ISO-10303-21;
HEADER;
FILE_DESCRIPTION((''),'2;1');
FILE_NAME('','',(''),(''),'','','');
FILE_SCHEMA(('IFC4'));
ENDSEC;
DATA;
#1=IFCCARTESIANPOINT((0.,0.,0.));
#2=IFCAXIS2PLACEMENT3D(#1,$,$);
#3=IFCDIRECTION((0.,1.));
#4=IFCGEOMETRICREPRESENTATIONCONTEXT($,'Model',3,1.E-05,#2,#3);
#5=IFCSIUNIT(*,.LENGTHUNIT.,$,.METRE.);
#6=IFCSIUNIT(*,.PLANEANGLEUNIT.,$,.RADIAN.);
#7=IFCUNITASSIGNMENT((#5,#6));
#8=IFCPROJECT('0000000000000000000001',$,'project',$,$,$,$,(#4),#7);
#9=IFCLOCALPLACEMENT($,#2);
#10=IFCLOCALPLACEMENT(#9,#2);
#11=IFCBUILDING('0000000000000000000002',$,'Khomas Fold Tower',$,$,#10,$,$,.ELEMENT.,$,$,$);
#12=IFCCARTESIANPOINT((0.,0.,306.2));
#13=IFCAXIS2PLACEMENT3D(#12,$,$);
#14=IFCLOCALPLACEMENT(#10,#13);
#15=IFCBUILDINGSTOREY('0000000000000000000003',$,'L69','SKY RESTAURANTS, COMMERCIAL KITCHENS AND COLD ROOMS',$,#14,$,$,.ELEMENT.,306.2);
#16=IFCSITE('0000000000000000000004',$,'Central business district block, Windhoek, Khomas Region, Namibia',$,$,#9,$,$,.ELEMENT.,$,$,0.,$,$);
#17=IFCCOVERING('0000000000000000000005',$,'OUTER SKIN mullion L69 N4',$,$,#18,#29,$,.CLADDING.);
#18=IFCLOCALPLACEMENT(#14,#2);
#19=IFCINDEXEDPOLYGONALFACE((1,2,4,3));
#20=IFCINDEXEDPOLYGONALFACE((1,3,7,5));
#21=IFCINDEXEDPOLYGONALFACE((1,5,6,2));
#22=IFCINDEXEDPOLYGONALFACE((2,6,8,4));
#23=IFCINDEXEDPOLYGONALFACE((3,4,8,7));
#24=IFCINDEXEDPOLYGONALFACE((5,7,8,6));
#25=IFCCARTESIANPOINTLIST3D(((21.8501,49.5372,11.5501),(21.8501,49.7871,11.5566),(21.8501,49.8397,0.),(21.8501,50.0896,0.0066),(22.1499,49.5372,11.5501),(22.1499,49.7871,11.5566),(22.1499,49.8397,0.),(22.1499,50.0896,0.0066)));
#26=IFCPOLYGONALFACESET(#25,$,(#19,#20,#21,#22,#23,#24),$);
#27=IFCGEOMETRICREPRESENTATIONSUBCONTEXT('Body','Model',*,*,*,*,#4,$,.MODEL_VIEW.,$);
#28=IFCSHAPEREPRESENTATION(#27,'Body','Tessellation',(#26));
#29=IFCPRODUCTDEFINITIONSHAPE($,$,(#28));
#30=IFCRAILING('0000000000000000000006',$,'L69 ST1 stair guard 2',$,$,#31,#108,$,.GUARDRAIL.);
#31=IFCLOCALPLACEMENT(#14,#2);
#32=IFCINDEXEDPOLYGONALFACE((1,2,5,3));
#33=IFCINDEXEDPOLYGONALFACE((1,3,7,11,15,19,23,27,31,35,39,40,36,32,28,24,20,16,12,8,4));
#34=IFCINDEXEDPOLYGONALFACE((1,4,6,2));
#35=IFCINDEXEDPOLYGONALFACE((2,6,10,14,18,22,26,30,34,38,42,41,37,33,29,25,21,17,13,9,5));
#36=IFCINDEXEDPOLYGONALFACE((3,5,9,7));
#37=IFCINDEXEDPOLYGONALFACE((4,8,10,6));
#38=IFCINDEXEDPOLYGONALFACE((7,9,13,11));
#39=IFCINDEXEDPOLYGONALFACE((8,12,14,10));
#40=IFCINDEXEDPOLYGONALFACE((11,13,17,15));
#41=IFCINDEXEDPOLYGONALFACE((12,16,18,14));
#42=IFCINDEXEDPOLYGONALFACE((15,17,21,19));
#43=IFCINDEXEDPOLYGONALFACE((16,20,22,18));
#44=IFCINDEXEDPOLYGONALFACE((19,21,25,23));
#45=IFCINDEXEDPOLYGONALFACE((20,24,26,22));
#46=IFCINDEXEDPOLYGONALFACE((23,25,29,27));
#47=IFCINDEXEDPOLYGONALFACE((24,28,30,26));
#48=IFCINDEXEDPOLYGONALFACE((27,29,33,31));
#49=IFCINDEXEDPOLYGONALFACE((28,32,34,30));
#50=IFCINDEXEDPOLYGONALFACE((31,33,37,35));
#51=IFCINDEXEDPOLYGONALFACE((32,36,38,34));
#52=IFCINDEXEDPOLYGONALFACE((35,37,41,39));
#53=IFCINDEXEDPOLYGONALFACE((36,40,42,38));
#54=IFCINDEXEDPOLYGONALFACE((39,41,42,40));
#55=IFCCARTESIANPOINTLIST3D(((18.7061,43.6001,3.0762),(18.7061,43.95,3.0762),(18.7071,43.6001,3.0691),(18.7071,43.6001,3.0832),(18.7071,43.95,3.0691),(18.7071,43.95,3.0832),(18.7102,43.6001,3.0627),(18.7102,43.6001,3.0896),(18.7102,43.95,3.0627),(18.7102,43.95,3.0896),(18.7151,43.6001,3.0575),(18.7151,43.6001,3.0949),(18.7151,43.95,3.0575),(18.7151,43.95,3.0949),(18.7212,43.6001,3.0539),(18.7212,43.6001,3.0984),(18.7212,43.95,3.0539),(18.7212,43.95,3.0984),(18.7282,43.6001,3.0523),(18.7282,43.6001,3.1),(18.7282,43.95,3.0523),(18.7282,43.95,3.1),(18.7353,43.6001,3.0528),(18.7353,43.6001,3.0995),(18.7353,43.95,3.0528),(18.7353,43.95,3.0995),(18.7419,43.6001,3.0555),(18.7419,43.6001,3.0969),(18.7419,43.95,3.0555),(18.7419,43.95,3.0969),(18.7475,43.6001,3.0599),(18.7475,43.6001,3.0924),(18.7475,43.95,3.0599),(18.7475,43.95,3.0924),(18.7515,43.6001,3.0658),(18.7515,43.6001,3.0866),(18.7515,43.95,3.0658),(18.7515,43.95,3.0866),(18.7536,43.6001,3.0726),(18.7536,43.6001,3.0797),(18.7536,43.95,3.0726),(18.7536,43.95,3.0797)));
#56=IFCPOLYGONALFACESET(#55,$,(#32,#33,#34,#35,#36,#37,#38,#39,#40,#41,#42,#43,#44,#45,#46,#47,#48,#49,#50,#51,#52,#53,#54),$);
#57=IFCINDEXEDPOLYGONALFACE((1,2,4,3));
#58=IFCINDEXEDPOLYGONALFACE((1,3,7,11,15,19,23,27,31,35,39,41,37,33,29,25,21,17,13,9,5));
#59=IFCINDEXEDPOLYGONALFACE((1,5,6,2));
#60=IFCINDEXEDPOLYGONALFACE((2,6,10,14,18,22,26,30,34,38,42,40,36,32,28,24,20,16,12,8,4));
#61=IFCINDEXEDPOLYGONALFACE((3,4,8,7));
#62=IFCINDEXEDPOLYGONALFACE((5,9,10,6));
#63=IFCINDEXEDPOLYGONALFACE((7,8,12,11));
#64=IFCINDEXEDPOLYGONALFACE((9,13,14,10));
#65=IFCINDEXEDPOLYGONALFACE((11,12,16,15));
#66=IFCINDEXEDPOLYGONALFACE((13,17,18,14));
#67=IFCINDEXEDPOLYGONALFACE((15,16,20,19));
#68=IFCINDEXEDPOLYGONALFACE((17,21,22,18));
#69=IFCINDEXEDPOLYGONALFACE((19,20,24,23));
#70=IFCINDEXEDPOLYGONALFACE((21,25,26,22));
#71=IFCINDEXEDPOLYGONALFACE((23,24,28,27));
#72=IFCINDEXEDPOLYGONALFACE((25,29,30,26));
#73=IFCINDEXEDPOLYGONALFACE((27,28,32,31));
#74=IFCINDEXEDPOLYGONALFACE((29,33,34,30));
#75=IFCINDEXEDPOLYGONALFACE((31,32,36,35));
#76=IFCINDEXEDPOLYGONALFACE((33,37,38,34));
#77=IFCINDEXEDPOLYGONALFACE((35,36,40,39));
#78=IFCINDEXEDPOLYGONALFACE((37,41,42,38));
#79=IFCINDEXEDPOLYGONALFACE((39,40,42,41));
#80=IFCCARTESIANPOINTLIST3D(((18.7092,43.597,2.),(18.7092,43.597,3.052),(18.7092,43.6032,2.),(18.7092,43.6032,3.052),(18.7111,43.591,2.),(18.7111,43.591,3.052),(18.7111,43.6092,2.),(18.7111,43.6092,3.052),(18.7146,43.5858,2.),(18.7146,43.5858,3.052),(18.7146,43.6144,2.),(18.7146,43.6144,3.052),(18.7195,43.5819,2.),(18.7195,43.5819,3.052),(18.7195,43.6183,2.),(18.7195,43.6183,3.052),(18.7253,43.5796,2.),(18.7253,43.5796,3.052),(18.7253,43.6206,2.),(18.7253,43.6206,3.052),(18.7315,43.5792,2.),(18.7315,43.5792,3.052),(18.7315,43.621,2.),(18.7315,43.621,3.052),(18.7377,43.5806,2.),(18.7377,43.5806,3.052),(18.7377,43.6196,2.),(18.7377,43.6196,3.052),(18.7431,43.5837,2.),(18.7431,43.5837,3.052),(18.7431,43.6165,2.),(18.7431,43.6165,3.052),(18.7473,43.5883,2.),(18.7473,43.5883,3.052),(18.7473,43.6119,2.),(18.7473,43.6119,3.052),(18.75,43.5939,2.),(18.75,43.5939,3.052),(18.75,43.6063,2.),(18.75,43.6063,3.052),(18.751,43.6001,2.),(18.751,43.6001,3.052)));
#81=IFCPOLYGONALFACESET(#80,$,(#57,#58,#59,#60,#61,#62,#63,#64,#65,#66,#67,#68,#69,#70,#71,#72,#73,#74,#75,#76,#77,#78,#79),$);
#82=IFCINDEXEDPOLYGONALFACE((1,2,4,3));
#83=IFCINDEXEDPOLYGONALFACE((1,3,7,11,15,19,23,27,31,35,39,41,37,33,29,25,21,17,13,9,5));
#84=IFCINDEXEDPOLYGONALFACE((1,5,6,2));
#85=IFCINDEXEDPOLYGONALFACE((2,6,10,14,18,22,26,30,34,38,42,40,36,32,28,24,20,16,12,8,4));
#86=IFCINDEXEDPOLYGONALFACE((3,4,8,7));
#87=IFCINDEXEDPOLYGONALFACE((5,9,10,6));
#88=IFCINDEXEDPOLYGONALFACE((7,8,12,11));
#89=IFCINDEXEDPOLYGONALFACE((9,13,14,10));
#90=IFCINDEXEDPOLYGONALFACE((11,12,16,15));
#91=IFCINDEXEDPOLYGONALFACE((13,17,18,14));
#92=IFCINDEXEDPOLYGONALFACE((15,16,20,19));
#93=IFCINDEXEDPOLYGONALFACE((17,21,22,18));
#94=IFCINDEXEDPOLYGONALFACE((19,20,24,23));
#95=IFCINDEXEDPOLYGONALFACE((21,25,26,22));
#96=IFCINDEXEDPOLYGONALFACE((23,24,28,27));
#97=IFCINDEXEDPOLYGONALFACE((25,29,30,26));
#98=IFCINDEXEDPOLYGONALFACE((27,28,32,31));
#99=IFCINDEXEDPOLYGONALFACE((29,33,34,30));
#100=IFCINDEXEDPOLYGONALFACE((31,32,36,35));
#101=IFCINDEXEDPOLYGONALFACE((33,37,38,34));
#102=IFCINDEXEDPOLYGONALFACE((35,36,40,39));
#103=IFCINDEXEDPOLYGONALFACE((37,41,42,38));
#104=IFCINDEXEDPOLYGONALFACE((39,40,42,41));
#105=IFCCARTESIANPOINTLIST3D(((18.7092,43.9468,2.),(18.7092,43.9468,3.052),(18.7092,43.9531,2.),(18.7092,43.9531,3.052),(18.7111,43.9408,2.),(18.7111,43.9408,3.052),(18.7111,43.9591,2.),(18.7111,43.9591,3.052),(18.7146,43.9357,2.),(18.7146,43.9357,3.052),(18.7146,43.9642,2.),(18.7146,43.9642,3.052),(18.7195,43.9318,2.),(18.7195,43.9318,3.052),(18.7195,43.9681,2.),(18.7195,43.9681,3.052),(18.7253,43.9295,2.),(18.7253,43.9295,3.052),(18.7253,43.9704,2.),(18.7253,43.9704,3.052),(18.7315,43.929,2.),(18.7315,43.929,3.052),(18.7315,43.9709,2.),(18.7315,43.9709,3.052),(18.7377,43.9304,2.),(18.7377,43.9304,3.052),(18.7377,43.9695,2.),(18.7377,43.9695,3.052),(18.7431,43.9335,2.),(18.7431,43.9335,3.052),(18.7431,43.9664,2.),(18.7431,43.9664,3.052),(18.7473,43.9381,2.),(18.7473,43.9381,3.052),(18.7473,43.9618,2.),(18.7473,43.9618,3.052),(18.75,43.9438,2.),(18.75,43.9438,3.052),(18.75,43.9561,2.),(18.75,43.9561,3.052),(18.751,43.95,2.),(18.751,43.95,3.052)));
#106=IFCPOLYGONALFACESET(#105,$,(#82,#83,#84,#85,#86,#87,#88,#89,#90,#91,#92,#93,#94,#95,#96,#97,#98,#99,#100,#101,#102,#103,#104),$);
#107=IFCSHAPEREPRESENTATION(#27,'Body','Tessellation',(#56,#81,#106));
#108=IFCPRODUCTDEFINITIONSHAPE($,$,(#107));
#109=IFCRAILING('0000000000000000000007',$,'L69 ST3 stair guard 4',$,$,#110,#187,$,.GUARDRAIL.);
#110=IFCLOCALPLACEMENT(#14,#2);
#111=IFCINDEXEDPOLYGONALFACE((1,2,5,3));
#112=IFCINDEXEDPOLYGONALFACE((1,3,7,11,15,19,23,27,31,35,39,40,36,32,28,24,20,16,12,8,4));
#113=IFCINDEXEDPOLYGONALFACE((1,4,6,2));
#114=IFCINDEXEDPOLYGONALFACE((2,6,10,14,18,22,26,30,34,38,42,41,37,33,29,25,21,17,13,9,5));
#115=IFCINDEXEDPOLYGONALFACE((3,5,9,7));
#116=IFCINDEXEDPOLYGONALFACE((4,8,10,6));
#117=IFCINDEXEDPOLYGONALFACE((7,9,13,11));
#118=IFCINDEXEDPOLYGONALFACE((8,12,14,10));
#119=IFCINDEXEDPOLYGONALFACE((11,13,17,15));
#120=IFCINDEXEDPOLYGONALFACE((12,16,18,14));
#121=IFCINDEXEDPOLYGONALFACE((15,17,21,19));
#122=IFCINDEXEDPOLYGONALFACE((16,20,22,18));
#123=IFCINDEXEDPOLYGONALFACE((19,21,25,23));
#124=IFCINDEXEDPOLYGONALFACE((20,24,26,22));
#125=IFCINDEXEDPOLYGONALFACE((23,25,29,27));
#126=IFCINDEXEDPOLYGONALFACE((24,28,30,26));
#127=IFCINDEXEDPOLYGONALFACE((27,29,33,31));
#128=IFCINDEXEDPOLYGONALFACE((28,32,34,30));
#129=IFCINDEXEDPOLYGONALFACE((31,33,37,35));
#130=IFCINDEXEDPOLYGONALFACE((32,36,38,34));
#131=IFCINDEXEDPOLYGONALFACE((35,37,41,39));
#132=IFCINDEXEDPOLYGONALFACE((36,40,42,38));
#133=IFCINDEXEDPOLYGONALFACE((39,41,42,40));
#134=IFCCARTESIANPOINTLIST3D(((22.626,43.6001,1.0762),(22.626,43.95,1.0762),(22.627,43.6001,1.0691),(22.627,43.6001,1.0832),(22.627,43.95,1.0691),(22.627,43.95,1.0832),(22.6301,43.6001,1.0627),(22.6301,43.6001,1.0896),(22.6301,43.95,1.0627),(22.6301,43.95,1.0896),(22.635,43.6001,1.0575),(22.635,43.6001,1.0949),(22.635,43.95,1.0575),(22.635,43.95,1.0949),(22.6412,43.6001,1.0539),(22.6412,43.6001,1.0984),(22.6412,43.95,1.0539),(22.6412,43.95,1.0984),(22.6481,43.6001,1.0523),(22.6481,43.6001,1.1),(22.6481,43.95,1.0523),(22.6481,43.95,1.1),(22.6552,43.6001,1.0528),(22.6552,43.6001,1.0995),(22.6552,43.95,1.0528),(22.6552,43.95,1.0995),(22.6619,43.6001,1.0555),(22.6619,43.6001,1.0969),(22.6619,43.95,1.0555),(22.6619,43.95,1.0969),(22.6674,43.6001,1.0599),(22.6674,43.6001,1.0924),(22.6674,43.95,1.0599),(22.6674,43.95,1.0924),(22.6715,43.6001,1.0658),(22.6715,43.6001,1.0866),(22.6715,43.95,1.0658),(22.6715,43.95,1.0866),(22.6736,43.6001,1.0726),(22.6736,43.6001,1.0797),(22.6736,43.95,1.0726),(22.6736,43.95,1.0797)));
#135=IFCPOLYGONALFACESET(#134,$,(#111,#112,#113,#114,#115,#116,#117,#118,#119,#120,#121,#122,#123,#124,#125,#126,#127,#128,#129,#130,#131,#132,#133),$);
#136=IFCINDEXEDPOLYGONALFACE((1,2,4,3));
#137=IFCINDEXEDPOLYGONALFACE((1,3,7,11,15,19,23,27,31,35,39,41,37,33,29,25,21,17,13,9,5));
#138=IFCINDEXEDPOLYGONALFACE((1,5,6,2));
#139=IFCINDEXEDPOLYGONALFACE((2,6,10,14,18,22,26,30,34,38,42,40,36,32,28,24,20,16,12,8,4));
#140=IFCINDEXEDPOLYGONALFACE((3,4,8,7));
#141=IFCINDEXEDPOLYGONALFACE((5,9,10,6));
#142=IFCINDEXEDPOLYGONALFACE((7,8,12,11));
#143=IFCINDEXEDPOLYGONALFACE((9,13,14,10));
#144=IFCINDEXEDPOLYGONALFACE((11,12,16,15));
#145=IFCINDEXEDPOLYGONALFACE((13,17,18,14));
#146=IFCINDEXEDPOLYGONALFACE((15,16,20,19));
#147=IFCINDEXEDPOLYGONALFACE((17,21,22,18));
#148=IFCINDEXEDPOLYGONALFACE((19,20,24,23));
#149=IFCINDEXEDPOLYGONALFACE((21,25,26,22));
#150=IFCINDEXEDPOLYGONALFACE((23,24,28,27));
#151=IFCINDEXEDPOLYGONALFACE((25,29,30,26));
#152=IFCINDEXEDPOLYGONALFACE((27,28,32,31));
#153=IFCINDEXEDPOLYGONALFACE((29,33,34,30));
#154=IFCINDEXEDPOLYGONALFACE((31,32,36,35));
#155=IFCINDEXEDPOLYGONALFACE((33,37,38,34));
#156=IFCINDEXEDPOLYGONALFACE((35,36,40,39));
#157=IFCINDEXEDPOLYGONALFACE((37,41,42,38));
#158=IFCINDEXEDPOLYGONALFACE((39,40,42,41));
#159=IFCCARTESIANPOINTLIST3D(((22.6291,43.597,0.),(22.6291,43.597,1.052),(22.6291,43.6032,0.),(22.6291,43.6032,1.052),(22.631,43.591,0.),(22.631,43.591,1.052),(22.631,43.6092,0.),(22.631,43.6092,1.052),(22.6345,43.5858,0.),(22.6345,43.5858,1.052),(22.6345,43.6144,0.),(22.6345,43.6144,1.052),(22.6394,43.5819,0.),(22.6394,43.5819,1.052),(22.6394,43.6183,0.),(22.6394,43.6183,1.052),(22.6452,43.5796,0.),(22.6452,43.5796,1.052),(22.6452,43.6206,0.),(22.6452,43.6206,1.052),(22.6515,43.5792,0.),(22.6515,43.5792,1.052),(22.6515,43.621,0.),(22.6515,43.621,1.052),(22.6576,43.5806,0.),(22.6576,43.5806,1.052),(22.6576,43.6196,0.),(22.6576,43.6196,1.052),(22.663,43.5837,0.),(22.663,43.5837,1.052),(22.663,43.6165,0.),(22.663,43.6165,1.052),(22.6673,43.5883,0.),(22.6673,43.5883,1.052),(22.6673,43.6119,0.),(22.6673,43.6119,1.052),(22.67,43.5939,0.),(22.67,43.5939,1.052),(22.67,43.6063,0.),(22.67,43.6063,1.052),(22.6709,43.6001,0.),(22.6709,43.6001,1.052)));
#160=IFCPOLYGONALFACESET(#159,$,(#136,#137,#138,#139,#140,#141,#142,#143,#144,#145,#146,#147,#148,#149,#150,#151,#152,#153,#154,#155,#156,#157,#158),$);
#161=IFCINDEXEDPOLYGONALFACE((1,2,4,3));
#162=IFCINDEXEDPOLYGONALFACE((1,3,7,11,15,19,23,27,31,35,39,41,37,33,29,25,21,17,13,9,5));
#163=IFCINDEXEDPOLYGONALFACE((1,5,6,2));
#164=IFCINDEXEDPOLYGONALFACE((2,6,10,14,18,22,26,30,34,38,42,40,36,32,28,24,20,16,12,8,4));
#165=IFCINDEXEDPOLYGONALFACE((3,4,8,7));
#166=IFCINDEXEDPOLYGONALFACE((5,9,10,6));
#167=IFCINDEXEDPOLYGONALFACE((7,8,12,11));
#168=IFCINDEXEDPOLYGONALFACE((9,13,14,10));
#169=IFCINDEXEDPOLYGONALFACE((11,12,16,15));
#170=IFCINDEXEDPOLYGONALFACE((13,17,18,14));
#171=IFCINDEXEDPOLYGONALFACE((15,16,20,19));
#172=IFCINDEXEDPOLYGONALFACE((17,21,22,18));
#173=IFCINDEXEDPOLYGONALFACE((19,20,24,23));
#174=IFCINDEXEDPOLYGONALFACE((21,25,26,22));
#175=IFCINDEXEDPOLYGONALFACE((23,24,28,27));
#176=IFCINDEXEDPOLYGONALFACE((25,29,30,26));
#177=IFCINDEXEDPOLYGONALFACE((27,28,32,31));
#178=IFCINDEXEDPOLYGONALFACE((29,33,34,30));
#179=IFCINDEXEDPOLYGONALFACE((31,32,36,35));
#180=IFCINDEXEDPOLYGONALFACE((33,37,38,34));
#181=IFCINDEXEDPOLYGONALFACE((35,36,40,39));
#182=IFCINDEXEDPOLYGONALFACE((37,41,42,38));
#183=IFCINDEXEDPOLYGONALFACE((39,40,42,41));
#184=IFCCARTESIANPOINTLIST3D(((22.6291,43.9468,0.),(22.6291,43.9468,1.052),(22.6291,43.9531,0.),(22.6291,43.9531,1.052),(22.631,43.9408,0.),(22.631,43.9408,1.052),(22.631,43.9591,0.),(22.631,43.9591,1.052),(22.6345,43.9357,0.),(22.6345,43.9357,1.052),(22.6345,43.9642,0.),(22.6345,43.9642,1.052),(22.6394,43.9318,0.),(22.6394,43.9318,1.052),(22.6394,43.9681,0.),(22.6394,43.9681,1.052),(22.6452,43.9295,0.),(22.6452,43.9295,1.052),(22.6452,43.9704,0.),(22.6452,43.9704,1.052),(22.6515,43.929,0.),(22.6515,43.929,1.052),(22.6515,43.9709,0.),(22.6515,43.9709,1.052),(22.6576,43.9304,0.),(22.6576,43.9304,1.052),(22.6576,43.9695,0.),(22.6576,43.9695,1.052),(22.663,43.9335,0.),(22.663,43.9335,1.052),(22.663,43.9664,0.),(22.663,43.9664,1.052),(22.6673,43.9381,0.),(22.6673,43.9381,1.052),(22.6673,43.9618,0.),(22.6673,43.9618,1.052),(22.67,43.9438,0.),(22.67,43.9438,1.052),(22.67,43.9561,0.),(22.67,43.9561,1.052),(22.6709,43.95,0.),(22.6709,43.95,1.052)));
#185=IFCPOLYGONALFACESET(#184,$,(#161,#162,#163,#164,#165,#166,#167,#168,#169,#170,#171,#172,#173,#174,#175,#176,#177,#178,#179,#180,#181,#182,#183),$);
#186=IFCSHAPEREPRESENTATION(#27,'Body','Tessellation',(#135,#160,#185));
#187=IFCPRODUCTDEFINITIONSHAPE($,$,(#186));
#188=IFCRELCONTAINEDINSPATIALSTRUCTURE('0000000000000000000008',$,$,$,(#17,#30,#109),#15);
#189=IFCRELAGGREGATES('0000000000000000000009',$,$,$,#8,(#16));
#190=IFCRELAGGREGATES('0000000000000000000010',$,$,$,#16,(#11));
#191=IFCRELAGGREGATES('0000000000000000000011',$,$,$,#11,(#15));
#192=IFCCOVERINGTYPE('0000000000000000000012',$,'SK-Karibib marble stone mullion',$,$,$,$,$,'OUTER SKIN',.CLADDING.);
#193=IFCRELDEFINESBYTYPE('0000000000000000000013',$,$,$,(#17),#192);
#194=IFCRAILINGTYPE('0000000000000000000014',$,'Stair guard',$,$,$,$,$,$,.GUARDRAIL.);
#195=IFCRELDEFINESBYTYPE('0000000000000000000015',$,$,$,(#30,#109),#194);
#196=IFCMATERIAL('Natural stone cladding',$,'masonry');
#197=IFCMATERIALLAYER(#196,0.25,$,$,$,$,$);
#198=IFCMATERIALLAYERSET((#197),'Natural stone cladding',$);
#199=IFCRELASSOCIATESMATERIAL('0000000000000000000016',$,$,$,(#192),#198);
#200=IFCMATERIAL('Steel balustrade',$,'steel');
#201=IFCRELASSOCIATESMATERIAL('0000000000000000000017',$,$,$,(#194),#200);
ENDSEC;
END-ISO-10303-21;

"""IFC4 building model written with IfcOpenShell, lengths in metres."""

from ifc_helpers import new_model, si_unit, direction, frame, origin, origin_2d, place, context, subcontext, project, spatial, polyline, circle, outline, extrude, source, transform, mapped, material, layer, layer_set, type_object, element, save


model = new_model("IFC4")

# Units and contexts
model_context = context("Model", 3, precision=1e-05, world=origin(), true_north=direction((0.0, 1.0)))
body_context = subcontext(model_context, "Body", "Model", "MODEL_VIEW")
ifc_project = project(units=[si_unit("LENGTHUNIT", "METRE"), si_unit("PLANEANGLEUNIT", "RADIAN")], contexts=[model_context])

# Site, building, storey
site_placement = place(None, origin())
site = spatial("IfcSite", under=ifc_project, at=site_placement, Name="Central business district block, Windhoek, Khomas Region, Namibia", CompositionType="ELEMENT", RefElevation=0.0)
building_placement = place(site_placement, origin())
building = spatial("IfcBuilding", under=site, at=building_placement, Name="Khomas Fold Tower", CompositionType="ELEMENT")
storey_placement = place(building_placement, frame((0.0, 0.0, 306.2)))
storey = spatial("IfcBuildingStorey", under=building, at=storey_placement, Name="L69", Description="SKY RESTAURANTS, COMMERCIAL KITCHENS AND COLD ROOMS", CompositionType="ELEMENT", Elevation=306.2)

# Covering
ifc_material_1 = material(Name="Natural stone cladding", Category="masonry")
ifc_layer_1 = layer(ifc_material_1, 0.25)
ifc_layer_set_1 = layer_set([ifc_layer_1], Name="Natural stone cladding")
covering_type = type_object("IfcCoveringType", Name="SK-Karibib marble stone mullion", ElementType="OUTER SKIN", PredefinedType="CLADDING", material=ifc_layer_set_1)
for number, where, z_axis, x_axis, name in (
    (1, (21.8501, 50.0896, 0.0066), (0.0, 0.999657, 0.026181), (1.0, 0.0, 0.0), "OUTER SKIN mullion L69 N4"),
):
    element("IfcCovering", number, at=place(storey_placement, frame(where, z_axis=z_axis, x_axis=x_axis)), inside=storey, type_object=covering_type, Name=name, PredefinedType="CLADDING", context=body_context, shape_type="SweptSolid", body=[
        extrude(outline(polyline([(0.0, 0.0), (0.2998, 0.0), (0.2998, -11.554), (0.0, -11.554), (0.0, 0.0)])), origin(), (0.0, 0.0, -1.0), 0.25),
    ])

# Railings
ifc_material_2 = material(Name="Steel balustrade", Category="steel")
railing_type_1 = type_object("IfcRailingType", Name="Stair guard", PredefinedType="GUARDRAIL", material=ifc_material_2)
shared_shape_1 = source(origin(), body_context, "Body", "SweptSolid", [
    extrude(circle(Radius=0.0239, at=origin_2d()), frame((0.0, 0.0, 1.0762), z_axis=(0.0, 1.0, 0.0), x_axis=(-1.0, 0.0, 0.0)), (0.0, 0.0, 1.0), 0.3499),
    extrude(circle(Radius=0.021, at=origin_2d()), origin(), (0.0, 0.0, 1.0), 1.052),
    extrude(circle(Radius=0.021, at=origin_2d()), frame((0.0, 0.3499, 0.0)), (0.0, 0.0, 1.0), 1.052),
])
for number, where, name in (
    (2, (18.73, 43.6001, 2.0), "L69 ST1 stair guard 2"),
    (3, (22.6499, 43.6001, 0.0), "L69 ST3 stair guard 4"),
):
    element("IfcRailing", number, at=place(storey_placement, frame(where)), inside=storey, type_object=railing_type_1, Name=name, PredefinedType="GUARDRAIL", context=body_context, shape_type="MappedRepresentation", body=[
        mapped(shared_shape_1, transform((0.0, 0.0, 0.0))),
    ])

save(model, "model.ifc")
